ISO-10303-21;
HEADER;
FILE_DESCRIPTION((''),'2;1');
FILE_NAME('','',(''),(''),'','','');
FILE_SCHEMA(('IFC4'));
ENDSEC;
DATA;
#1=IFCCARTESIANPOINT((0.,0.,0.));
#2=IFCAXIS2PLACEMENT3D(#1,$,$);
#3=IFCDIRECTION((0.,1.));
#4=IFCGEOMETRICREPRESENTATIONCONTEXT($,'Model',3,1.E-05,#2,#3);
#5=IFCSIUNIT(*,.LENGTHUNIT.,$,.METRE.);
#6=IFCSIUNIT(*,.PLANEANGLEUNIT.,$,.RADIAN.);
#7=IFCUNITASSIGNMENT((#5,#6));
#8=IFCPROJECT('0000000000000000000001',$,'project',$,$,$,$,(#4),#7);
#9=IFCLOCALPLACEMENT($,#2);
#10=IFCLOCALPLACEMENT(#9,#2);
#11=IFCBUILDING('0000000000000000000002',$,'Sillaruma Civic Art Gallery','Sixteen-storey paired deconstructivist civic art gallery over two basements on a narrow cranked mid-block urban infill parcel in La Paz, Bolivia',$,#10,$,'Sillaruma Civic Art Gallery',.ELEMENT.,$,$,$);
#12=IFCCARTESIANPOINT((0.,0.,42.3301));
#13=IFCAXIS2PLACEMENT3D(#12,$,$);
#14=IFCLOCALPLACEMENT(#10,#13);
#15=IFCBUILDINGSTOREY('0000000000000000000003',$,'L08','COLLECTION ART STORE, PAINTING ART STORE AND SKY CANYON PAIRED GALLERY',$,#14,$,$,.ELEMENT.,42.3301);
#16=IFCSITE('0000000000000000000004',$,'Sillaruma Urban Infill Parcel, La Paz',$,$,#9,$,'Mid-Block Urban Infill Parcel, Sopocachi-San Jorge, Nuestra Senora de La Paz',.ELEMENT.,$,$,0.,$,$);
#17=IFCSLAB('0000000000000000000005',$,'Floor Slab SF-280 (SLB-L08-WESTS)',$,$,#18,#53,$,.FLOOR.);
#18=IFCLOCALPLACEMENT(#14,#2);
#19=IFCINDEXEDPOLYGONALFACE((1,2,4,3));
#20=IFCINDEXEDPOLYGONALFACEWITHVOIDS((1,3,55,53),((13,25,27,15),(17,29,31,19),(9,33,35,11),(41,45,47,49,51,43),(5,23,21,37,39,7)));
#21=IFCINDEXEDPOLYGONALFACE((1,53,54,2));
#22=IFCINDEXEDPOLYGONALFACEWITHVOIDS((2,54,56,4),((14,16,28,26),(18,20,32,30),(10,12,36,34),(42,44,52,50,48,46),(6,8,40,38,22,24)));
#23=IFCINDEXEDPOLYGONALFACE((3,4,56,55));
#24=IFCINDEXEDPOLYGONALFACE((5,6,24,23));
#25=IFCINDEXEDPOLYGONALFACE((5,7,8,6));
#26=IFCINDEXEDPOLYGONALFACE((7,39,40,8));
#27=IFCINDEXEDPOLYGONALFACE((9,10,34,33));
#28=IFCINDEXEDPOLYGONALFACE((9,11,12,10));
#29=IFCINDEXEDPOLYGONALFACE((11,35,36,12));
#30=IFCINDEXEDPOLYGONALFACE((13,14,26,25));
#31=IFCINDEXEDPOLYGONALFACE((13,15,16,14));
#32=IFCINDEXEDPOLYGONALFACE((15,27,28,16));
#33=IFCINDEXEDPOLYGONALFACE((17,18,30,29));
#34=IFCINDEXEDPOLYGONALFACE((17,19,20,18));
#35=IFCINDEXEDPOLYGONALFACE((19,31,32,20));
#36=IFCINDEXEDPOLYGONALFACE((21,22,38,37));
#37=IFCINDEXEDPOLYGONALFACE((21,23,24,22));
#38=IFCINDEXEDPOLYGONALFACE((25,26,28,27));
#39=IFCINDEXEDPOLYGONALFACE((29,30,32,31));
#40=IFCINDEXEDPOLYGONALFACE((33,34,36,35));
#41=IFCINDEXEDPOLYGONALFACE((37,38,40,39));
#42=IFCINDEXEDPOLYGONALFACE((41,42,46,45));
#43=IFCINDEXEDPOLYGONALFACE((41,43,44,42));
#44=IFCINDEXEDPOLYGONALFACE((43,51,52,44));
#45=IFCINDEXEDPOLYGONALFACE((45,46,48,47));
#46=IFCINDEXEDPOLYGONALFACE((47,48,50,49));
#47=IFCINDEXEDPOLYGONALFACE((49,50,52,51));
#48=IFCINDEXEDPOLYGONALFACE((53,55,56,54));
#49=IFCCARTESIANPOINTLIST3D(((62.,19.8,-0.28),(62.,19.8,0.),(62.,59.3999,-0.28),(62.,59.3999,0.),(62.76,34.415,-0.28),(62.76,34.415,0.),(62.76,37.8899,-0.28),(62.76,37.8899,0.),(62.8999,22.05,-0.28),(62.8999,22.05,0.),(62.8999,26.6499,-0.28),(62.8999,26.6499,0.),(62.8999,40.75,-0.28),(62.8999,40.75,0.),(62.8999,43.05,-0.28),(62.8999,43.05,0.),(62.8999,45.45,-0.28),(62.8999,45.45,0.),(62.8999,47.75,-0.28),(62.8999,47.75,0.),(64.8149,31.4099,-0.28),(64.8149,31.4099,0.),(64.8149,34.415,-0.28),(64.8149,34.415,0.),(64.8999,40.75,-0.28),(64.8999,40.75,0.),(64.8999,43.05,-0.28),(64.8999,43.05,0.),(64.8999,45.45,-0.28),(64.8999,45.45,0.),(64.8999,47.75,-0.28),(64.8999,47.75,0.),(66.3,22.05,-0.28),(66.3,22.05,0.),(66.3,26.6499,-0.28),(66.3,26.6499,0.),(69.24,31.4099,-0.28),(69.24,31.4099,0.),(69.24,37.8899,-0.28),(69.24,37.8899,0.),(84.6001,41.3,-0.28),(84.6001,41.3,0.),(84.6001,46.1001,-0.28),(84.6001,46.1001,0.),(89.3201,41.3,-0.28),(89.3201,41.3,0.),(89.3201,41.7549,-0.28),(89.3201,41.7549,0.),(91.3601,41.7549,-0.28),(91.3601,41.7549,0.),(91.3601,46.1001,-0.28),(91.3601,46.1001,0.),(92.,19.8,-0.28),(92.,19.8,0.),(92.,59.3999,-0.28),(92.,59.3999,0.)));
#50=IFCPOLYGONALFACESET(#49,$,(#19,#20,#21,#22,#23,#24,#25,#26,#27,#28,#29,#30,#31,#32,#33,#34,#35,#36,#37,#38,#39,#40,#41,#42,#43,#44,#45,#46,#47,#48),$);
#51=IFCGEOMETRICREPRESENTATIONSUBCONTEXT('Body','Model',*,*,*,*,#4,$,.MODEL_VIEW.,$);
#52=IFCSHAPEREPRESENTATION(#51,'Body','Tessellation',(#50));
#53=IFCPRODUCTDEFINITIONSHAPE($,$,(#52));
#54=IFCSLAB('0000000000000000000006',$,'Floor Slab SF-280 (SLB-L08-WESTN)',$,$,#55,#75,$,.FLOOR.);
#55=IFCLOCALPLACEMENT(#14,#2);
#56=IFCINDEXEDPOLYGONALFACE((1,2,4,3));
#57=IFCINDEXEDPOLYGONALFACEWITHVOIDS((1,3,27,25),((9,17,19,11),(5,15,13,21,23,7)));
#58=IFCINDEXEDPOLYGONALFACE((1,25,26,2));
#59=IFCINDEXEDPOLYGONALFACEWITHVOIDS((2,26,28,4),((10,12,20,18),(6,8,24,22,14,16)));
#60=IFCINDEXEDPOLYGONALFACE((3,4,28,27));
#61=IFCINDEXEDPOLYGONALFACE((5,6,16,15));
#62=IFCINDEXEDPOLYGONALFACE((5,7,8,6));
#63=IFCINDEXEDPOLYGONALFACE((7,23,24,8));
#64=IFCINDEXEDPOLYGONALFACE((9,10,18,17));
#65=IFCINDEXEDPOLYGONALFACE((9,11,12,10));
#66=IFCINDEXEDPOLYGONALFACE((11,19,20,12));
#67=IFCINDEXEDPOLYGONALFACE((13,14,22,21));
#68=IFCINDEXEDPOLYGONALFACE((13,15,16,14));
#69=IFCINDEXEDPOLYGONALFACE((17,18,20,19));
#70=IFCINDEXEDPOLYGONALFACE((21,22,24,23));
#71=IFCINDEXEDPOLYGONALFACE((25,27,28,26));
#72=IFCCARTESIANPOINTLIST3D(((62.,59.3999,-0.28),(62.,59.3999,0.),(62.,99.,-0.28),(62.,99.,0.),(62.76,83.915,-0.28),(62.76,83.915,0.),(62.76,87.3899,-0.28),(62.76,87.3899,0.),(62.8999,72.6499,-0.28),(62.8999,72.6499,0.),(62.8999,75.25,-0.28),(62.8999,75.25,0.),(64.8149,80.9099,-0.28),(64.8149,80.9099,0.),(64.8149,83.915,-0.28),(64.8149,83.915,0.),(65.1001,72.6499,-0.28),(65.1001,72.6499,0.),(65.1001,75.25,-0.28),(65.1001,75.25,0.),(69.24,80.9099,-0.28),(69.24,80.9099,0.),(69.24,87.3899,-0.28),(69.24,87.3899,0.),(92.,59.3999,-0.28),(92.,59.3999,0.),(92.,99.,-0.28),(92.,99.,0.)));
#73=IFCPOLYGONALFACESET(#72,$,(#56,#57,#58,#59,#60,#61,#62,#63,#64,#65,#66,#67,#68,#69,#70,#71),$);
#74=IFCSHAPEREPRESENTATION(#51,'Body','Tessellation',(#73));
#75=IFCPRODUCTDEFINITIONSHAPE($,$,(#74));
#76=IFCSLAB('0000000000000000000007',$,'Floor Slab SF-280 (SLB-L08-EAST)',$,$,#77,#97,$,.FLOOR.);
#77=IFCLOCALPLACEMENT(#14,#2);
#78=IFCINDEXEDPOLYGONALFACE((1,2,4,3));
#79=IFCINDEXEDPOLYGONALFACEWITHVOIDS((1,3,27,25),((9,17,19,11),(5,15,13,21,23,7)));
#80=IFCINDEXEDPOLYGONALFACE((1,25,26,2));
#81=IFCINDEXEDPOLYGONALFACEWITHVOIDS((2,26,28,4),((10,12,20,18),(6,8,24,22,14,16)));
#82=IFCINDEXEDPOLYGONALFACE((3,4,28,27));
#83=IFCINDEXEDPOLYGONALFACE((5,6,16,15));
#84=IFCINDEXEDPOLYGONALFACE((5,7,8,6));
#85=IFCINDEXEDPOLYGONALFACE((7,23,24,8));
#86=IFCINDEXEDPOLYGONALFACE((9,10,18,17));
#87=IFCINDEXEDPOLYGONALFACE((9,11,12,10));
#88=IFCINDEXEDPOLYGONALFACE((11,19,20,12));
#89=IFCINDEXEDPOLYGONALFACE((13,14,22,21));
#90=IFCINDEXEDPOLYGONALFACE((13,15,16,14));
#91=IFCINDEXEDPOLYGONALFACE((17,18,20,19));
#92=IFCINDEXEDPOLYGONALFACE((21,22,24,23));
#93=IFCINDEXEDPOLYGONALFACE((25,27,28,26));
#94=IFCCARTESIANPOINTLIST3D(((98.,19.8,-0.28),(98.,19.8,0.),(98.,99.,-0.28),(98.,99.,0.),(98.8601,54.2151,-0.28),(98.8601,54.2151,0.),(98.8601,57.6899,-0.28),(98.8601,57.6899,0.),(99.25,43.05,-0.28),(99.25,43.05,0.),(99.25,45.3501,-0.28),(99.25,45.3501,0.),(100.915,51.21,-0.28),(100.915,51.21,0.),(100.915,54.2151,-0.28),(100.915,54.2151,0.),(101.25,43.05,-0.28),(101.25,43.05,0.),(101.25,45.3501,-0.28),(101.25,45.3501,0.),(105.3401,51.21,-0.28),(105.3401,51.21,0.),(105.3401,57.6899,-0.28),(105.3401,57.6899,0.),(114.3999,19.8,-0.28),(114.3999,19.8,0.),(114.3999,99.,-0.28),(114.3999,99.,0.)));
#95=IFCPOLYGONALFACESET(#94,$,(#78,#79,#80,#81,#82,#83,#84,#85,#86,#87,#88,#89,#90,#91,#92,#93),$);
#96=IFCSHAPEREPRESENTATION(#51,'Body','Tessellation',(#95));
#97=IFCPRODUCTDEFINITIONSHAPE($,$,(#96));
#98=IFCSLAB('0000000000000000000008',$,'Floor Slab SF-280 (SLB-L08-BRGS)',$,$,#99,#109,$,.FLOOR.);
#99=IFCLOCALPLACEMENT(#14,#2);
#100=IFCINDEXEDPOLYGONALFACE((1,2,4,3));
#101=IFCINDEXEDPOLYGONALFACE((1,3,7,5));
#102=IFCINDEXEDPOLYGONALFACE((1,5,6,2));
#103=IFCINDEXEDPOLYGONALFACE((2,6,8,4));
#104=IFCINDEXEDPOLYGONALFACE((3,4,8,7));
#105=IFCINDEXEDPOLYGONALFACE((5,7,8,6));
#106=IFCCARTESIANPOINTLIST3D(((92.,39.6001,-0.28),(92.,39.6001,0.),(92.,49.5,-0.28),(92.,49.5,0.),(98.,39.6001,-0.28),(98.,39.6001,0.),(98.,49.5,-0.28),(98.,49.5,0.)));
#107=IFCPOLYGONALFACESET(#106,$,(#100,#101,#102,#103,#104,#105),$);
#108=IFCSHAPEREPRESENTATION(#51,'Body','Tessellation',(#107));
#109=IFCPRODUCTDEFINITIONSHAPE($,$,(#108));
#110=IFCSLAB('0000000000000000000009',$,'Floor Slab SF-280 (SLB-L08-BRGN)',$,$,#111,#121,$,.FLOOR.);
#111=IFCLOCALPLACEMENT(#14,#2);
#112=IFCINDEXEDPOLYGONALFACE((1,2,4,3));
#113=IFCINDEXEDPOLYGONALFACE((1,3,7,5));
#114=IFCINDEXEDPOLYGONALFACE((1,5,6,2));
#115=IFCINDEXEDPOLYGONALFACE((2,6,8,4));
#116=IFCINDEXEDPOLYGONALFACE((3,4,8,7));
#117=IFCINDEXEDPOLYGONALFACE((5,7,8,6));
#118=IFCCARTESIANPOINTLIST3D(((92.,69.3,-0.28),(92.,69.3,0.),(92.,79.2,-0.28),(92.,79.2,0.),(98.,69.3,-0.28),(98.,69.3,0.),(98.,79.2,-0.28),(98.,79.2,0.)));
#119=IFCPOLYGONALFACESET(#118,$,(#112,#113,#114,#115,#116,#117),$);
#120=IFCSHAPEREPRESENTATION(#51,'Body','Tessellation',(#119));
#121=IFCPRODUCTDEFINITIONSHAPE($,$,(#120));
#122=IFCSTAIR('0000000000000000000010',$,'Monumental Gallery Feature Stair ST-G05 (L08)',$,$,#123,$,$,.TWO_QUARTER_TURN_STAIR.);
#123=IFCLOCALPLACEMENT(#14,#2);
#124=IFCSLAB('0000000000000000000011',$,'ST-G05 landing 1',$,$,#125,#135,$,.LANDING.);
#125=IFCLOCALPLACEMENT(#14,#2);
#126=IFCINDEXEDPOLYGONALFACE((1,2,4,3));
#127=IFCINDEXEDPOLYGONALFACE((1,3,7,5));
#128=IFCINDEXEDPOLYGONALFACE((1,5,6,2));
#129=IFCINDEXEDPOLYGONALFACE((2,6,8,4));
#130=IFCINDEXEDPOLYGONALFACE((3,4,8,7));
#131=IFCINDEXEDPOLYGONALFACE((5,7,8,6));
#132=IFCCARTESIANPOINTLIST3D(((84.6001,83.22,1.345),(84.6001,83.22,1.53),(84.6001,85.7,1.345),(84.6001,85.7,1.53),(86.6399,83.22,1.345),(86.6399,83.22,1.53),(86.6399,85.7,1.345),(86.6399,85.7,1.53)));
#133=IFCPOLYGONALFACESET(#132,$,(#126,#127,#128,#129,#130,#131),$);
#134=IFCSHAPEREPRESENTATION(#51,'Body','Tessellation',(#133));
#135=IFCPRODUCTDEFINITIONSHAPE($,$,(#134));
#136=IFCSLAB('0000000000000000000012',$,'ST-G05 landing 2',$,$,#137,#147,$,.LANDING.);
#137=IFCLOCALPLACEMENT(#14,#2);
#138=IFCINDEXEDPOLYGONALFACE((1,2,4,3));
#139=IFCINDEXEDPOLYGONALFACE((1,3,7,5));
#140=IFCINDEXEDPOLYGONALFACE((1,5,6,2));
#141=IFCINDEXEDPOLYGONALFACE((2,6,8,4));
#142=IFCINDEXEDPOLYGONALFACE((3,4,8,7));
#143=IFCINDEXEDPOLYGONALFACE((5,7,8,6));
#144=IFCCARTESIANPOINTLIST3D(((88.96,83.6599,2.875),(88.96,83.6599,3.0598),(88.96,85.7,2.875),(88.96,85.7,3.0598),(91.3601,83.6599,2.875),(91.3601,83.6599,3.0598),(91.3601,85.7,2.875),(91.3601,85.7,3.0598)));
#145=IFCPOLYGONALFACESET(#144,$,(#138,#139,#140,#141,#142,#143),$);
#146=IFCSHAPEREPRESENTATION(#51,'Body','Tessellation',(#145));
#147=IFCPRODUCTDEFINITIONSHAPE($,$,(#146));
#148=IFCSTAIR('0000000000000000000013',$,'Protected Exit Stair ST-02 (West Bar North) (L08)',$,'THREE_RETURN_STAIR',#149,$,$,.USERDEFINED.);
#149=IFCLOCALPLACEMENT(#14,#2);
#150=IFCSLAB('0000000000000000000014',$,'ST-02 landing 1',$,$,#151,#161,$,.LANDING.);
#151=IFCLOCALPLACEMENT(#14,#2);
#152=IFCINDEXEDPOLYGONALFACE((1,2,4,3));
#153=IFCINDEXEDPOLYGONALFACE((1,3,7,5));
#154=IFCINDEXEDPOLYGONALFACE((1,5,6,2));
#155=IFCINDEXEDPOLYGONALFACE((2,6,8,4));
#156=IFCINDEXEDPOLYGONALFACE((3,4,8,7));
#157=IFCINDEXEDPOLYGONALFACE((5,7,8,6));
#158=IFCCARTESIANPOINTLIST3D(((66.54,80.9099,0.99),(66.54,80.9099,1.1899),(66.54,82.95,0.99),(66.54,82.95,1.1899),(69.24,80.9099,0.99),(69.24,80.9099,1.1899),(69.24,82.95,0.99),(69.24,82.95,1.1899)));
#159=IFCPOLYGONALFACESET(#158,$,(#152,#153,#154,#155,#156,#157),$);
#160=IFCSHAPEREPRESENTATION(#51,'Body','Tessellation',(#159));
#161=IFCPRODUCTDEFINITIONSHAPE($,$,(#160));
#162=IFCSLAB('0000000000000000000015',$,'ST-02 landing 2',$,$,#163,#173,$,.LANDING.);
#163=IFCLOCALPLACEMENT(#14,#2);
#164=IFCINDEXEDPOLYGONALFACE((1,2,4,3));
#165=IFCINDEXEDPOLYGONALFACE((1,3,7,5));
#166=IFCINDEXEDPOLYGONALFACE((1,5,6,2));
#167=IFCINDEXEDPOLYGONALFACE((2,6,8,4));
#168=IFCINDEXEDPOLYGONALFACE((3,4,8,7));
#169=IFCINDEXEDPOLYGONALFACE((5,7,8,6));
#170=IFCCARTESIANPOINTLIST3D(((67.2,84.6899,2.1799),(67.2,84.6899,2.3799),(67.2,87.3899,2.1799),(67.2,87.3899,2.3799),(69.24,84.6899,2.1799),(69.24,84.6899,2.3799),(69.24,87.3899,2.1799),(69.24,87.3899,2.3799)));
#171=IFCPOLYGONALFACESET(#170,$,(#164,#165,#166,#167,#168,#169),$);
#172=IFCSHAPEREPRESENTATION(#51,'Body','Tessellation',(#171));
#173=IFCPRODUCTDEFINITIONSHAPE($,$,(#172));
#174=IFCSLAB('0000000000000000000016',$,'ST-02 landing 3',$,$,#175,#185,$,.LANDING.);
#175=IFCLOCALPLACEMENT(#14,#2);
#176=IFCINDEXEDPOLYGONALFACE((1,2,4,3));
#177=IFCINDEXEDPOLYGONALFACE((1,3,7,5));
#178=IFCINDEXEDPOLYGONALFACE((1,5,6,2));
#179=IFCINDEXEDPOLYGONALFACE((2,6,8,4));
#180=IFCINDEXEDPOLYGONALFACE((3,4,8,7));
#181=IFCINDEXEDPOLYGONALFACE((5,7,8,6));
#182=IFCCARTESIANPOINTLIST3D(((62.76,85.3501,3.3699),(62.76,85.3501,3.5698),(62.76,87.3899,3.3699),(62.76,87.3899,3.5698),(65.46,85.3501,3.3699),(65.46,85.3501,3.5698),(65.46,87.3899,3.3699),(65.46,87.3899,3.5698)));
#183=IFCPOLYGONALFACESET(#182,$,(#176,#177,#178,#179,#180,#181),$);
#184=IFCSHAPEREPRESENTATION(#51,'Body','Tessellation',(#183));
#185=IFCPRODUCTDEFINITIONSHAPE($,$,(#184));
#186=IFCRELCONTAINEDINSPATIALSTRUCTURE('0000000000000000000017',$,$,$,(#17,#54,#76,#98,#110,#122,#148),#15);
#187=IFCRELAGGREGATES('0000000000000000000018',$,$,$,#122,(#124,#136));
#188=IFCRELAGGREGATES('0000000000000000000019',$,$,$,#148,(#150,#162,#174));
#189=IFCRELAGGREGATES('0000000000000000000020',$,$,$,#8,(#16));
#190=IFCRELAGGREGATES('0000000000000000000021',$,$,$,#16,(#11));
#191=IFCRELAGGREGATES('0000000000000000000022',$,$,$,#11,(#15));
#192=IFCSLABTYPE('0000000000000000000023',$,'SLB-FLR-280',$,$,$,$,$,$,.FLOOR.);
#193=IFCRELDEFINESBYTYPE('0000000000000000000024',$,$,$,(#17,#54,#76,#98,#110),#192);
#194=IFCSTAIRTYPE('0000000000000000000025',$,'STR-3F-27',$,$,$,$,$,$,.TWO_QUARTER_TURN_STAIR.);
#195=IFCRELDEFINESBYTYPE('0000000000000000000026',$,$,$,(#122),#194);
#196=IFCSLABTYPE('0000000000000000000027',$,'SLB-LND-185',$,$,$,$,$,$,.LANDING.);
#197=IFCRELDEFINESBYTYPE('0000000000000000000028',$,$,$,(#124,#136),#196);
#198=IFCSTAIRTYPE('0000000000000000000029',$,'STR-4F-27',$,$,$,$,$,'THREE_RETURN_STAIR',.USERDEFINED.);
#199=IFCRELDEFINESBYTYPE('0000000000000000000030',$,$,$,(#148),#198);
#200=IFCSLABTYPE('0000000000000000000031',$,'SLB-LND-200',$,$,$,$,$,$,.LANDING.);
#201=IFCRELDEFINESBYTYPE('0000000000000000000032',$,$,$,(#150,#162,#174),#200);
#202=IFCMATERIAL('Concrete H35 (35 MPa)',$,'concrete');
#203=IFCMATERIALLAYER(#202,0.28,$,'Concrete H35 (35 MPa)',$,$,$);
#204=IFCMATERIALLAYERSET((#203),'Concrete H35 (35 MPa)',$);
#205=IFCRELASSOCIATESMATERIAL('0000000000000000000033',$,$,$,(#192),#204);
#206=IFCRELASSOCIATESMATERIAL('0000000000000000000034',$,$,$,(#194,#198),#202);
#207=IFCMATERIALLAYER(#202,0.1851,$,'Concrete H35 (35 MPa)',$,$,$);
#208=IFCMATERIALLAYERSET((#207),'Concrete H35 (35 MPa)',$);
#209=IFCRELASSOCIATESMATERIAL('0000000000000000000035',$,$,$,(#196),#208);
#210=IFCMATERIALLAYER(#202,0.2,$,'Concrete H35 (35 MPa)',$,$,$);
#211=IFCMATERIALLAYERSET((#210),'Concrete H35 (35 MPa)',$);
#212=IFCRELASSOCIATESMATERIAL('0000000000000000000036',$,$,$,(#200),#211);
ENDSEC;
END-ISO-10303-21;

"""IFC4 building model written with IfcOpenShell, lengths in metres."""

from ifc_helpers import new_model, si_unit, direction, frame, origin, place, context, subcontext, project, spatial, polyline, outline, extrude, material, layer, layer_set, type_object, element, aggregate, save


model = new_model("IFC4")

# Units and contexts
model_context = context("Model", 3, precision=1e-05, world=origin(), true_north=direction((0.0, 1.0)))
body_context = subcontext(model_context, "Body", "Model", "MODEL_VIEW")
ifc_project = project(units=[si_unit("LENGTHUNIT", "METRE"), si_unit("PLANEANGLEUNIT", "RADIAN")], contexts=[model_context])

# Site, building, storey
site_placement = place(None, origin())
site = spatial("IfcSite", under=ifc_project, at=site_placement, Name="Sillaruma Urban Infill Parcel, La Paz", LongName="Mid-Block Urban Infill Parcel, Sopocachi-San Jorge, Nuestra Senora de La Paz", CompositionType="ELEMENT", RefElevation=0.0)
building_placement = place(site_placement, origin())
building = spatial("IfcBuilding", under=site, at=building_placement, Name="Sillaruma Civic Art Gallery", Description="Sixteen-storey paired deconstructivist civic art gallery over two basements on a narrow cranked mid-block urban infill parcel in La Paz, Bolivia", LongName="Sillaruma Civic Art Gallery", CompositionType="ELEMENT")
storey_placement = place(building_placement, frame((0.0, 0.0, 42.3301)))
storey = spatial("IfcBuildingStorey", under=building, at=storey_placement, Name="L08", Description="COLLECTION ART STORE, PAINTING ART STORE AND SKY CANYON PAIRED GALLERY", CompositionType="ELEMENT", Elevation=42.3301)

# Shared definitions
ifc_material_1 = material(Name="Concrete H35 (35 MPa)", Category="concrete")

# Slabs
ifc_layer_1 = layer(ifc_material_1, 0.28, Name="Concrete H35 (35 MPa)")
ifc_layer_set_1 = layer_set([ifc_layer_1], Name="Concrete H35 (35 MPa)")
slab_type_1 = type_object("IfcSlabType", Name="SLB-FLR-280", PredefinedType="FLOOR", material=ifc_layer_set_1)
slab_1_placement = place(storey_placement, frame((0.0, 0.0, -0.28)))
element("IfcSlab", 1, at=slab_1_placement, inside=storey, type_object=slab_type_1, Name="Floor Slab SF-280 (SLB-L08-WESTS)", PredefinedType="FLOOR", context=body_context, shape_type="SweptSolid", body=[
    extrude(outline(polyline([(62.0, 19.8), (92.0, 19.8), (92.0, 59.3999), (62.0, 59.3999), (62.0, 19.8)]), holes=[polyline([(64.8149, 31.4099), (69.24, 31.4099), (69.24, 37.8899), (62.76, 37.8899), (62.76, 34.415), (64.8149, 34.415), (64.8149, 31.4099)]), polyline([(84.6001, 41.3), (89.3201, 41.3), (89.3201, 41.7549), (91.3601, 41.7549), (91.3601, 46.1001), (84.6001, 46.1001), (84.6001, 41.3)]), polyline([(62.8999, 40.75), (64.8999, 40.75), (64.8999, 43.05), (62.8999, 43.05), (62.8999, 40.75)]), polyline([(62.8999, 45.45), (64.8999, 45.45), (64.8999, 47.75), (62.8999, 47.75), (62.8999, 45.45)]), polyline([(62.8999, 22.05), (66.3, 22.05), (66.3, 26.6499), (62.8999, 26.6499), (62.8999, 22.05)])]), origin(), (0.0, 0.0, 1.0), 0.28),
])
slab_2_placement = place(storey_placement, frame((0.0, 0.0, -0.28)))
element("IfcSlab", 2, at=slab_2_placement, inside=storey, type_object=slab_type_1, Name="Floor Slab SF-280 (SLB-L08-WESTN)", PredefinedType="FLOOR", context=body_context, shape_type="SweptSolid", body=[
    extrude(outline(polyline([(62.0, 59.3999), (92.0, 59.3999), (92.0, 99.0), (62.0, 99.0), (62.0, 59.3999)]), holes=[polyline([(64.8149, 80.9099), (69.24, 80.9099), (69.24, 87.3899), (62.76, 87.3899), (62.76, 83.915), (64.8149, 83.915), (64.8149, 80.9099)]), polyline([(62.8999, 72.6499), (65.1001, 72.6499), (65.1001, 75.25), (62.8999, 75.25), (62.8999, 72.6499)])]), origin(), (0.0, 0.0, 1.0), 0.28),
])
slab_3_placement = place(storey_placement, frame((0.0, 0.0, -0.28)))
element("IfcSlab", 3, at=slab_3_placement, inside=storey, type_object=slab_type_1, Name="Floor Slab SF-280 (SLB-L08-EAST)", PredefinedType="FLOOR", context=body_context, shape_type="SweptSolid", body=[
    extrude(outline(polyline([(98.0, 19.8), (114.3999, 19.8), (114.3999, 99.0), (98.0, 99.0), (98.0, 19.8)]), holes=[polyline([(100.915, 51.21), (105.3401, 51.21), (105.3401, 57.6899), (98.8601, 57.6899), (98.8601, 54.2151), (100.915, 54.2151), (100.915, 51.21)]), polyline([(99.25, 43.05), (101.25, 43.05), (101.25, 45.3501), (99.25, 45.3501), (99.25, 43.05)])]), origin(), (0.0, 0.0, 1.0), 0.28),
])
slab_4_placement = place(storey_placement, frame((0.0, 0.0, -0.28)))
element("IfcSlab", 4, at=slab_4_placement, inside=storey, type_object=slab_type_1, Name="Floor Slab SF-280 (SLB-L08-BRGS)", PredefinedType="FLOOR", context=body_context, shape_type="SweptSolid", body=[
    extrude(outline(polyline([(92.0, 39.6001), (98.0, 39.6001), (98.0, 49.5), (92.0, 49.5), (92.0, 39.6001)])), origin(), (0.0, 0.0, 1.0), 0.28),
])
slab_5_placement = place(storey_placement, frame((0.0, 0.0, -0.28)))
element("IfcSlab", 5, at=slab_5_placement, inside=storey, type_object=slab_type_1, Name="Floor Slab SF-280 (SLB-L08-BRGN)", PredefinedType="FLOOR", context=body_context, shape_type="SweptSolid", body=[
    extrude(outline(polyline([(92.0, 69.3), (98.0, 69.3), (98.0, 79.2), (92.0, 79.2), (92.0, 69.3)])), origin(), (0.0, 0.0, 1.0), 0.28),
])

# Stairs, slabs
stair_type_1 = type_object("IfcStairType", Name="STR-3F-27", PredefinedType="TWO_QUARTER_TURN_STAIR", material=ifc_material_1)
stair_1_placement = place(storey_placement, origin())
stair_1 = element("IfcStair", 6, at=stair_1_placement, inside=storey, type_object=stair_type_1, Name="Monumental Gallery Feature Stair ST-G05 (L08)", PredefinedType="TWO_QUARTER_TURN_STAIR")
ifc_layer_2 = layer(ifc_material_1, 0.1851, Name="Concrete H35 (35 MPa)")
ifc_layer_set_2 = layer_set([ifc_layer_2], Name="Concrete H35 (35 MPa)")
slab_type_2 = type_object("IfcSlabType", Name="SLB-LND-185", PredefinedType="LANDING", material=ifc_layer_set_2)
slab_6_placement = place(storey_placement, frame((0.0, 0.0, 1.345)))
slab_6 = element("IfcSlab", 7, at=slab_6_placement, type_object=slab_type_2, Name="ST-G05 landing 1", PredefinedType="LANDING", context=body_context, shape_type="SweptSolid", body=[
    extrude(outline(polyline([(84.6001, 83.22), (86.6399, 83.22), (86.6399, 85.7), (84.6001, 85.7), (84.6001, 83.22)])), origin(), (0.0, 0.0, 1.0), 0.1851),
])
slab_7_placement = place(storey_placement, frame((0.0, 0.0, 2.875)))
slab_7 = element("IfcSlab", 8, at=slab_7_placement, type_object=slab_type_2, Name="ST-G05 landing 2", PredefinedType="LANDING", context=body_context, shape_type="SweptSolid", body=[
    extrude(outline(polyline([(88.96, 83.6599), (91.3601, 83.6599), (91.3601, 85.7), (88.96, 85.7), (88.96, 83.6599)])), origin(), (0.0, 0.0, 1.0), 0.1848),
])
aggregate(stair_1, [slab_6, slab_7])
stair_type_2 = type_object("IfcStairType", Name="STR-4F-27", ElementType="THREE_RETURN_STAIR", PredefinedType="USERDEFINED", material=ifc_material_1)
stair_2_placement = place(storey_placement, origin())
stair_2 = element("IfcStair", 9, at=stair_2_placement, inside=storey, type_object=stair_type_2, Name="Protected Exit Stair ST-02 (West Bar North) (L08)", ObjectType="THREE_RETURN_STAIR", PredefinedType="USERDEFINED")
ifc_layer_3 = layer(ifc_material_1, 0.2, Name="Concrete H35 (35 MPa)")
ifc_layer_set_3 = layer_set([ifc_layer_3], Name="Concrete H35 (35 MPa)")
slab_type_3 = type_object("IfcSlabType", Name="SLB-LND-200", PredefinedType="LANDING", material=ifc_layer_set_3)
slab_8_placement = place(storey_placement, frame((0.0, 0.0, 0.99)))
slab_8 = element("IfcSlab", 10, at=slab_8_placement, type_object=slab_type_3, Name="ST-02 landing 1", PredefinedType="LANDING", context=body_context, shape_type="SweptSolid", body=[
    extrude(outline(polyline([(66.54, 80.9099), (69.24, 80.9099), (69.24, 82.95), (66.54, 82.95), (66.54, 80.9099)])), origin(), (0.0, 0.0, 1.0), 0.2),
])
slab_9_placement = place(storey_placement, frame((0.0, 0.0, 2.1799)))
slab_9 = element("IfcSlab", 11, at=slab_9_placement, type_object=slab_type_3, Name="ST-02 landing 2", PredefinedType="LANDING", context=body_context, shape_type="SweptSolid", body=[
    extrude(outline(polyline([(67.2, 84.6899), (69.24, 84.6899), (69.24, 87.3899), (67.2, 87.3899), (67.2, 84.6899)])), origin(), (0.0, 0.0, 1.0), 0.2),
])
slab_10_placement = place(storey_placement, frame((0.0, 0.0, 3.3699)))
slab_10 = element("IfcSlab", 12, at=slab_10_placement, type_object=slab_type_3, Name="ST-02 landing 3", PredefinedType="LANDING", context=body_context, shape_type="SweptSolid", body=[
    extrude(outline(polyline([(62.76, 85.3501), (65.46, 85.3501), (65.46, 87.3899), (62.76, 87.3899), (62.76, 85.3501)])), origin(), (0.0, 0.0, 1.0), 0.2),
])
aggregate(stair_2, [slab_8, slab_9, slab_10])

save(model, "model.ifc")
